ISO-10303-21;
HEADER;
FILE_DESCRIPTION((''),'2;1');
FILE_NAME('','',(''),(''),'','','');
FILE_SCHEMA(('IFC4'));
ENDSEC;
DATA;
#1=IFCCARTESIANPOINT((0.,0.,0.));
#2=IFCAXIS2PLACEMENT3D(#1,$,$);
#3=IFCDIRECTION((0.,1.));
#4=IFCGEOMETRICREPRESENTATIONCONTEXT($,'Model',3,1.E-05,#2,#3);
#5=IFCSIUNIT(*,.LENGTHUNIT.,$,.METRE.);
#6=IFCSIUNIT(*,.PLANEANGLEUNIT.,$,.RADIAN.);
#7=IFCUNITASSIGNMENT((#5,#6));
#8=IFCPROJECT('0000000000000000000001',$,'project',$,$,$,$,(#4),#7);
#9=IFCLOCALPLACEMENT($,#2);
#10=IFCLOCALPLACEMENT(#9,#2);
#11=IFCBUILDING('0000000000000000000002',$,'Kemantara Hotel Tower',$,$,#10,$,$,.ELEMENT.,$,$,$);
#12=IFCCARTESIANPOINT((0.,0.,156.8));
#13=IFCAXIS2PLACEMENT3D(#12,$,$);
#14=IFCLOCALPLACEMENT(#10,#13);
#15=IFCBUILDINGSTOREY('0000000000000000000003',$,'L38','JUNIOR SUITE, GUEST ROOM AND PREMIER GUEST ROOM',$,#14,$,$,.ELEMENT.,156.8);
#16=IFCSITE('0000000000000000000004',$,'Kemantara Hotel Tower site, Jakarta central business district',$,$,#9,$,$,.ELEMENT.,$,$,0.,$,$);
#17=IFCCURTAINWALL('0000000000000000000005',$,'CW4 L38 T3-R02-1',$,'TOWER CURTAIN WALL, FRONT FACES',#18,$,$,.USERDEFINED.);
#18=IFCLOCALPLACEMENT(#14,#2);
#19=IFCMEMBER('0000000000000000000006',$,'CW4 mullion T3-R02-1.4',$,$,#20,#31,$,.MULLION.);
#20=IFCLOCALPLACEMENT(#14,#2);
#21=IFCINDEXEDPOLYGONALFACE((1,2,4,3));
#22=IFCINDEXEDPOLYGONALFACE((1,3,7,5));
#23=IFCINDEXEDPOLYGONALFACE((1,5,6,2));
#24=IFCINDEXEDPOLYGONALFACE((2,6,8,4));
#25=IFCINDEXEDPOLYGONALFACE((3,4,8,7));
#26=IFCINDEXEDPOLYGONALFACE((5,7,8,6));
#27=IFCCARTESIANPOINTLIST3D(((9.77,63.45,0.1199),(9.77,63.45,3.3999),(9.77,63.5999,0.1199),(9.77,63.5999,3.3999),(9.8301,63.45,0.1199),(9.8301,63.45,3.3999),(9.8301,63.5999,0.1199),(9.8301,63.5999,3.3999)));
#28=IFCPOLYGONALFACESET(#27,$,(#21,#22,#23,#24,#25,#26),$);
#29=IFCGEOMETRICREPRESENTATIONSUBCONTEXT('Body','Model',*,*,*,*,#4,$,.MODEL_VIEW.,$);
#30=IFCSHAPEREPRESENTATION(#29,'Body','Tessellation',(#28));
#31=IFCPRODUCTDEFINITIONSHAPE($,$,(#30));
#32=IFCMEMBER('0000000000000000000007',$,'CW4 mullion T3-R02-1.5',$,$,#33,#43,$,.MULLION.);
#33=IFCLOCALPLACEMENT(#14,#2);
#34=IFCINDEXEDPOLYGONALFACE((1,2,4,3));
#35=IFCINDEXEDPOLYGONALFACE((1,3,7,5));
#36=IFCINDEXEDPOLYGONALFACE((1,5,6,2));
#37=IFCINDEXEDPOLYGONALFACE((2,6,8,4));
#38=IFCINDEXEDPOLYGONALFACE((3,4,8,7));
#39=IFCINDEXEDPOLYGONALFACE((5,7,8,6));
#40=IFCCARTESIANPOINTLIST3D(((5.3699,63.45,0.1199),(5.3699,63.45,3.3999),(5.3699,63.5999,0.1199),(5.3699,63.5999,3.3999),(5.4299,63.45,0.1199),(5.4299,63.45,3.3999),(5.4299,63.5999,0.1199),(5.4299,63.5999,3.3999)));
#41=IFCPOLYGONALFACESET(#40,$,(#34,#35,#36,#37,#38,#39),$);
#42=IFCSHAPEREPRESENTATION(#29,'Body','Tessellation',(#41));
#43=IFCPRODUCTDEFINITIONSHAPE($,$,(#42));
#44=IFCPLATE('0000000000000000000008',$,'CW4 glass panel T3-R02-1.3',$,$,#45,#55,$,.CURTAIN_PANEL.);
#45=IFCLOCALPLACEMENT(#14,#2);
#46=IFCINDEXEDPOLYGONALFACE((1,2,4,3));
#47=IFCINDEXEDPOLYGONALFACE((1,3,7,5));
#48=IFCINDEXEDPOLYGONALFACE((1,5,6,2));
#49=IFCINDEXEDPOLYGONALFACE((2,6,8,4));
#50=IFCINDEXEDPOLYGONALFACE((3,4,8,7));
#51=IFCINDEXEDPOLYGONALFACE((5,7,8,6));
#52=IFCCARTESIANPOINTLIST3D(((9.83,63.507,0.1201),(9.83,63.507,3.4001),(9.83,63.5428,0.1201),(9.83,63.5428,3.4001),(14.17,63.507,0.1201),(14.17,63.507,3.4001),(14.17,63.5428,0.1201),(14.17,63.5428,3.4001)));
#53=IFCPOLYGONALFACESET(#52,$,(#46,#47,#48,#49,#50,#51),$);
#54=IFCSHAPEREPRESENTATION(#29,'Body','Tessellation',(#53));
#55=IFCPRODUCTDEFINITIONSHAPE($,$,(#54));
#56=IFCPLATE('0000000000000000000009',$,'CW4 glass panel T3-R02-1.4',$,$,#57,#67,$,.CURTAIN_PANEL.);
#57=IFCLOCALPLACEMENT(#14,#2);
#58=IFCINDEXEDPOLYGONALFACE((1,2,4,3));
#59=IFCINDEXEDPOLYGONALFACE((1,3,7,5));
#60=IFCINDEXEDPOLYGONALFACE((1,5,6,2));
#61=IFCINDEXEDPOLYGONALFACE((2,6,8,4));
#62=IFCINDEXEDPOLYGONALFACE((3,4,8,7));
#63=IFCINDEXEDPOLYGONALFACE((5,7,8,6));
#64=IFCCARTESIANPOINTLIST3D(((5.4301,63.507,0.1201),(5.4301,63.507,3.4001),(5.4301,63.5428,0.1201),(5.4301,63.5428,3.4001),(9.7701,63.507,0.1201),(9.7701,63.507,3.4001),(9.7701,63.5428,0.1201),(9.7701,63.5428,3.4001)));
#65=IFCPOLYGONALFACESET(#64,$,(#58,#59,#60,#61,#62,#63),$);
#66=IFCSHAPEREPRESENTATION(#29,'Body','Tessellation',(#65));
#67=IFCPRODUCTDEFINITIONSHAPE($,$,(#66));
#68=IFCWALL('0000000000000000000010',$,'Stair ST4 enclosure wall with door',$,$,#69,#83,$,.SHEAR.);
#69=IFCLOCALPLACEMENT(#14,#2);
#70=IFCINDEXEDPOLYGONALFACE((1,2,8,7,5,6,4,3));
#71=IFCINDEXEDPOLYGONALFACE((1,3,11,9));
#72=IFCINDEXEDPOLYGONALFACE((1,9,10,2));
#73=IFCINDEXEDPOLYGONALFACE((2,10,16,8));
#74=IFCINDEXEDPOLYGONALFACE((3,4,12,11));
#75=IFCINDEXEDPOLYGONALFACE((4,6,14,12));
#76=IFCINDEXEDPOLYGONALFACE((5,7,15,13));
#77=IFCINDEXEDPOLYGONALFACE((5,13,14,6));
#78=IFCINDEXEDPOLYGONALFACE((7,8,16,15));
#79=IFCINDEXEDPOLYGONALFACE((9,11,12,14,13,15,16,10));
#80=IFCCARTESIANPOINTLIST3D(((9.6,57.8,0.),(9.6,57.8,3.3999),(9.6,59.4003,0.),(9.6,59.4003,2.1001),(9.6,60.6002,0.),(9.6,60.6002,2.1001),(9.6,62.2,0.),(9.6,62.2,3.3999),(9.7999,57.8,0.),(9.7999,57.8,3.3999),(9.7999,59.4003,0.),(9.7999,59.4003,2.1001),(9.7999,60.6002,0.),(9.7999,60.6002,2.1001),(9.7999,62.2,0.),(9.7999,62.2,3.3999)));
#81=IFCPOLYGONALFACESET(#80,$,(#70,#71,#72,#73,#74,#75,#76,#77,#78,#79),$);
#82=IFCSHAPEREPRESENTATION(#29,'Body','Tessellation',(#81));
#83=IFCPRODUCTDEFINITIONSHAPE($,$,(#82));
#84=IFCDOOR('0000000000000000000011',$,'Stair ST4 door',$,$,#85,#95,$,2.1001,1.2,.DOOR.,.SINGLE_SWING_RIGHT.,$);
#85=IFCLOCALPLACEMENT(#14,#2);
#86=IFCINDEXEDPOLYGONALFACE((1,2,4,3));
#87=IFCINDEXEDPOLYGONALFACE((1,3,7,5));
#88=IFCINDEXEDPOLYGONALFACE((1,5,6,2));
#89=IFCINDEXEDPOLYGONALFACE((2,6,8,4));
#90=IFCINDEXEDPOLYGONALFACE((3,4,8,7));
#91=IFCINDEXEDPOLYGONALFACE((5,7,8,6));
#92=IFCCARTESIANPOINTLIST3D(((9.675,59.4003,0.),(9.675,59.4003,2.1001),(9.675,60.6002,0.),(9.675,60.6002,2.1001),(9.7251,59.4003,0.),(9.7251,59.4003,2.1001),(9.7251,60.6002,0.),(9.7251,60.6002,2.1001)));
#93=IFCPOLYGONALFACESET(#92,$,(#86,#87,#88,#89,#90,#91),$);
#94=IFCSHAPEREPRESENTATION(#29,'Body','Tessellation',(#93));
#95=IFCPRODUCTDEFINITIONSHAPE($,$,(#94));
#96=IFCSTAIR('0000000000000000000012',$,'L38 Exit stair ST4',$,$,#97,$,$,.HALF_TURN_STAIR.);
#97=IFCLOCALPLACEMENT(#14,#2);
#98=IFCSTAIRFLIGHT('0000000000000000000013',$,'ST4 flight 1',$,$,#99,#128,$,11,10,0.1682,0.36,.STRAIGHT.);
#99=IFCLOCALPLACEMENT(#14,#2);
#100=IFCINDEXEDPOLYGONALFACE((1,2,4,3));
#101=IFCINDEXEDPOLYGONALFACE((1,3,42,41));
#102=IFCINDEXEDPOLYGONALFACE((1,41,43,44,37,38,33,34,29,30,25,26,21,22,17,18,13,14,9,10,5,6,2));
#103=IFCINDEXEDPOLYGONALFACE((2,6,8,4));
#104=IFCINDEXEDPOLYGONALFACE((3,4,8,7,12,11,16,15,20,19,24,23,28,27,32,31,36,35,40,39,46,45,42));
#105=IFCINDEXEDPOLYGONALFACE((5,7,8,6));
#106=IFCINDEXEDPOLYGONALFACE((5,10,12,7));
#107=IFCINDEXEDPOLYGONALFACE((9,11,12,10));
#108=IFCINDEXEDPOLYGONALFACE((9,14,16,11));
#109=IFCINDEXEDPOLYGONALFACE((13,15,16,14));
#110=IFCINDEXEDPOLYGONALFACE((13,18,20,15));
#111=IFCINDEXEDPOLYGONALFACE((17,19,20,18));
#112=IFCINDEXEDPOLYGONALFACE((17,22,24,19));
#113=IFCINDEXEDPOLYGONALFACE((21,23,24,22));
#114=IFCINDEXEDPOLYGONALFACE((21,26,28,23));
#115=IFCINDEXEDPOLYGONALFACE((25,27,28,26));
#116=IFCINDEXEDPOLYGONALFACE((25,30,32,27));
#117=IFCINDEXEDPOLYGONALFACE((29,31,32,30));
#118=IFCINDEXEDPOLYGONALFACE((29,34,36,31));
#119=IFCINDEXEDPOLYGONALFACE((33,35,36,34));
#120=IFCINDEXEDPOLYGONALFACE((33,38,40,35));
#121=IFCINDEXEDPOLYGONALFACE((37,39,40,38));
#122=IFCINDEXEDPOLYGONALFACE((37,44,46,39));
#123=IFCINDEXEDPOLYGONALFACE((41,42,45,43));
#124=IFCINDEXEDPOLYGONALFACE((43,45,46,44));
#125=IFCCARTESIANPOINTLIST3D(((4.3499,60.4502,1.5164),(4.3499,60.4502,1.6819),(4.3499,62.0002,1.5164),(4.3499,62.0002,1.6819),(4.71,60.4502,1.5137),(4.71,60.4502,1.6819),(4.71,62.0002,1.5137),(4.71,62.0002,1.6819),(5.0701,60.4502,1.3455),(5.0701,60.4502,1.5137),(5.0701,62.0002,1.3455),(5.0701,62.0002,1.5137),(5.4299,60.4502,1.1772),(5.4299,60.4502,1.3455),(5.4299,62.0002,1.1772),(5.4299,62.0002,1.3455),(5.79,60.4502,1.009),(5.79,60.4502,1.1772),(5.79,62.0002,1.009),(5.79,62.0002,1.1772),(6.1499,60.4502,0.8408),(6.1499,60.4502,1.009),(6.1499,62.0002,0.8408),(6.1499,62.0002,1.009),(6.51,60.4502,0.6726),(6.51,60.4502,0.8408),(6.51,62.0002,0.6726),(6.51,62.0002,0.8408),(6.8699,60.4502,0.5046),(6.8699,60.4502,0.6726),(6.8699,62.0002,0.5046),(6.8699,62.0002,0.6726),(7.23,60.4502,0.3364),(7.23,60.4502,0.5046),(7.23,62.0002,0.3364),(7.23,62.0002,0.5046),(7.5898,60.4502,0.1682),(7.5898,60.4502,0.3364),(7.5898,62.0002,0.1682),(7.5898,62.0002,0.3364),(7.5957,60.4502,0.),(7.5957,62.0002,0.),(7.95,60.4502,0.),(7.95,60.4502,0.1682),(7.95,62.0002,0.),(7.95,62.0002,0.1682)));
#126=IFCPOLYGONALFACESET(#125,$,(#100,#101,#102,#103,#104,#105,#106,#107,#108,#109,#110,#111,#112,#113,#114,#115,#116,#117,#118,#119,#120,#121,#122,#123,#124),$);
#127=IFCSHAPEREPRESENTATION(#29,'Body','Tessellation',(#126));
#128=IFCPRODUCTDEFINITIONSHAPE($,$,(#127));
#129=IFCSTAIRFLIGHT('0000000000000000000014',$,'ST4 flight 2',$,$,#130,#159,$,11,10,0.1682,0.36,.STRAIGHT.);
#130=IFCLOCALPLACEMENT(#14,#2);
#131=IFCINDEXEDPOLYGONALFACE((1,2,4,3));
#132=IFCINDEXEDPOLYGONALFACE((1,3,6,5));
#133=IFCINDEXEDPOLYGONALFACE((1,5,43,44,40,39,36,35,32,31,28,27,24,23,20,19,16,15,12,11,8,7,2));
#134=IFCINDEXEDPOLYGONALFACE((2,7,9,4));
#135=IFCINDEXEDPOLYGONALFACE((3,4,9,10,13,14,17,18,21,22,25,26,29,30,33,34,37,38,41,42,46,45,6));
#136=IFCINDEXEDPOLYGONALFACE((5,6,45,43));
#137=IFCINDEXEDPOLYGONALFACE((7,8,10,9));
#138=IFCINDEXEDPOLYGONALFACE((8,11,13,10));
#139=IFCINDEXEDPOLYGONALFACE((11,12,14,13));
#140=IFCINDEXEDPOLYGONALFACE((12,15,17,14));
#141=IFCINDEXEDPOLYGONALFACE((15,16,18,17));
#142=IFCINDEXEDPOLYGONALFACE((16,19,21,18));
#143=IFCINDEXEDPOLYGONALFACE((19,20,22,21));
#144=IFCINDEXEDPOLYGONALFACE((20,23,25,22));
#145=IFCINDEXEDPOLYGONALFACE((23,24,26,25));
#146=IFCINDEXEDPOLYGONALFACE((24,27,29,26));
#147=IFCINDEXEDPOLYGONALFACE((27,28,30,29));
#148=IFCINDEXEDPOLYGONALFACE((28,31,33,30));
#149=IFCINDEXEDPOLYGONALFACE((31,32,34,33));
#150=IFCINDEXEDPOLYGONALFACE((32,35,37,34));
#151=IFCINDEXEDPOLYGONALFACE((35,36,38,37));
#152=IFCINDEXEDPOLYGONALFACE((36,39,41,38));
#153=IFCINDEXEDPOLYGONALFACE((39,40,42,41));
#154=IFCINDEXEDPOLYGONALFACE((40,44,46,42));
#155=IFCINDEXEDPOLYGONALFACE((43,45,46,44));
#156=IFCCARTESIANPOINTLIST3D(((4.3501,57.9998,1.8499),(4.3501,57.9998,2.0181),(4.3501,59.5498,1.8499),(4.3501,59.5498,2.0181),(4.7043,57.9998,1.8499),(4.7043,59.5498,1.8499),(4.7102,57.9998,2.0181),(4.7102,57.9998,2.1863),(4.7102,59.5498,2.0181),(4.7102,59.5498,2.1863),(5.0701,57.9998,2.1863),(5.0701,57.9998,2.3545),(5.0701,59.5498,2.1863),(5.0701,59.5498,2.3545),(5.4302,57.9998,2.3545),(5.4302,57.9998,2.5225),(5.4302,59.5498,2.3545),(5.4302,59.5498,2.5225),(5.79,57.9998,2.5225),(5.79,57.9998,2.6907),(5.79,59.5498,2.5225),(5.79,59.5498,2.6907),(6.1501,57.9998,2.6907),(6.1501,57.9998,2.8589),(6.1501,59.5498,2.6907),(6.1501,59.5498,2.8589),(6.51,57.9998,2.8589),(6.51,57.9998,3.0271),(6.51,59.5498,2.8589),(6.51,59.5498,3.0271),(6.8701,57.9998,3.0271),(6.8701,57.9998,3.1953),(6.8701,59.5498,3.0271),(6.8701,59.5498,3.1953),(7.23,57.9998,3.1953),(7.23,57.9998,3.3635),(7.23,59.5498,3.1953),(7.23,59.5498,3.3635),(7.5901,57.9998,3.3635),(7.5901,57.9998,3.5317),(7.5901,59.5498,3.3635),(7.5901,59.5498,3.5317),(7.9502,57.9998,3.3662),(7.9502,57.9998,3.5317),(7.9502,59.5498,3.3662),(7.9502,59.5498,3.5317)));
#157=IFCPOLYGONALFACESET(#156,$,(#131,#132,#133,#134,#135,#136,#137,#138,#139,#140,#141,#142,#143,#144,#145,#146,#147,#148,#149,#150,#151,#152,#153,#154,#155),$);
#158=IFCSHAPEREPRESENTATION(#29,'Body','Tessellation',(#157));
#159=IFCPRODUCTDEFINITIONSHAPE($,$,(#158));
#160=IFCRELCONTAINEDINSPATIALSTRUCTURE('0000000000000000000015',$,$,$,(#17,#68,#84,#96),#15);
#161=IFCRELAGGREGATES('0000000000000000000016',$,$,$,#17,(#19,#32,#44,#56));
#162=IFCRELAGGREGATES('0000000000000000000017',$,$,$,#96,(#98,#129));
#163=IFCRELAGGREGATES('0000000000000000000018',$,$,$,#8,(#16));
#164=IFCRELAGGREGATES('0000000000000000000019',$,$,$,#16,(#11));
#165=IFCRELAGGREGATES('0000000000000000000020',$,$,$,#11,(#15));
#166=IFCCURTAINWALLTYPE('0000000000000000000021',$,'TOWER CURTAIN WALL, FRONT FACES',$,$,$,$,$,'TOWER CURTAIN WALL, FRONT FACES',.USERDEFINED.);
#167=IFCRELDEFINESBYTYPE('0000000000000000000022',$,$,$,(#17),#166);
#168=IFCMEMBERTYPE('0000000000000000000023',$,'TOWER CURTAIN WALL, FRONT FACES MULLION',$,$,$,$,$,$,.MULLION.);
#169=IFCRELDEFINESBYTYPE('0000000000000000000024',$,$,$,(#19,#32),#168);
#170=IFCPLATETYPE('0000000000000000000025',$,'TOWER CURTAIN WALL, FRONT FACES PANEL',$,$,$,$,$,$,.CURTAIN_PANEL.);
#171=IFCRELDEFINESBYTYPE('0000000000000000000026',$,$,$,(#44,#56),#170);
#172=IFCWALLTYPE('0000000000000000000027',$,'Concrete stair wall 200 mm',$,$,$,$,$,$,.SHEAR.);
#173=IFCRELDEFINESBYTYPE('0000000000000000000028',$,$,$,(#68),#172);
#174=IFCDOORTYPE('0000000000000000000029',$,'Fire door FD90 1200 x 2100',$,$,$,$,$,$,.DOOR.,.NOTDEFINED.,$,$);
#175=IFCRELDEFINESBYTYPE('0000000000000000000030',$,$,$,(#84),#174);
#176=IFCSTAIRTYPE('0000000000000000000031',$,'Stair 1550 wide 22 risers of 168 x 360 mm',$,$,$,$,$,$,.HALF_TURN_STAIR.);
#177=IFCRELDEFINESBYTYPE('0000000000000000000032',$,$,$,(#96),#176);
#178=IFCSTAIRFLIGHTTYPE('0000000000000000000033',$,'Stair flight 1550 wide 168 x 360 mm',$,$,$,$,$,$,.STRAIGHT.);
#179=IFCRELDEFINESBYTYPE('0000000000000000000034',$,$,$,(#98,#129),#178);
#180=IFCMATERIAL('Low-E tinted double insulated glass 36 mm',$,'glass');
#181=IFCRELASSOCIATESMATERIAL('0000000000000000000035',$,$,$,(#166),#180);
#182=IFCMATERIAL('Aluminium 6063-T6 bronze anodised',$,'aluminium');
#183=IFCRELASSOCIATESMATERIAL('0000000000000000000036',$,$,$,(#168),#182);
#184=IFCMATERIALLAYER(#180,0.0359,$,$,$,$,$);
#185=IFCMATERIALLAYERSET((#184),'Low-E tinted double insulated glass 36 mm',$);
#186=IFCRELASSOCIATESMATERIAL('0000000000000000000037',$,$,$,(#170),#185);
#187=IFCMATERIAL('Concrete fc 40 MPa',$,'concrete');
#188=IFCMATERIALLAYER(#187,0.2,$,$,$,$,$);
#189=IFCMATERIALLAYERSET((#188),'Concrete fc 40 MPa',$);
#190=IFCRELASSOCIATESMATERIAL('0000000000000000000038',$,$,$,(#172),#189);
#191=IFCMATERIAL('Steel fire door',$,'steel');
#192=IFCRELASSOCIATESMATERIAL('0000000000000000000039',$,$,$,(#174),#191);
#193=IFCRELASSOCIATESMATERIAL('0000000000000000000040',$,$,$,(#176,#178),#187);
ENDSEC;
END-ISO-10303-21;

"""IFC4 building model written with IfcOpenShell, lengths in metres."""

from ifc_helpers import new_model, si_unit, direction, frame, frame_2d, origin, origin_2d, place, context, subcontext, project, spatial, polyline, rectangle, outline, extrude, source, transform, mapped, material, layer, layer_set, material_profile, profile_set, type_object, element, fill, aggregate, save


model = new_model("IFC4")

# Units and contexts
model_context = context("Model", 3, precision=1e-05, world=origin(), true_north=direction((0.0, 1.0)))
body_context = subcontext(model_context, "Body", "Model", "MODEL_VIEW")
ifc_project = project(units=[si_unit("LENGTHUNIT", "METRE"), si_unit("PLANEANGLEUNIT", "RADIAN")], contexts=[model_context])

# Site, building, storey
site_placement = place(None, origin())
site = spatial("IfcSite", under=ifc_project, at=site_placement, Name="Kemantara Hotel Tower site, Jakarta central business district", CompositionType="ELEMENT", RefElevation=0.0)
building_placement = place(site_placement, origin())
building = spatial("IfcBuilding", under=site, at=building_placement, Name="Kemantara Hotel Tower", CompositionType="ELEMENT")
storey_placement = place(building_placement, frame((0.0, 0.0, 156.8)))
storey = spatial("IfcBuildingStorey", under=building, at=storey_placement, Name="L38", Description="JUNIOR SUITE, GUEST ROOM AND PREMIER GUEST ROOM", CompositionType="ELEMENT", Elevation=156.8)

# Curtain wall, members, plates
ifc_material_1 = material(Name="Low-E tinted double insulated glass 36 mm", Category="glass")
curtain_wall_type = type_object("IfcCurtainWallType", Name="TOWER CURTAIN WALL, FRONT FACES", ElementType="TOWER CURTAIN WALL, FRONT FACES", PredefinedType="USERDEFINED", material=ifc_material_1)
curtain_wall_placement = place(storey_placement, origin())
curtain_wall = element("IfcCurtainWall", 1, at=curtain_wall_placement, inside=storey, type_object=curtain_wall_type, Name="CW4 L38 T3-R02-1", ObjectType="TOWER CURTAIN WALL, FRONT FACES", PredefinedType="USERDEFINED")
ifc_material_2 = material(Name="Aluminium 6063-T6 bronze anodised", Category="aluminium")
ifc_material_profile = material_profile(ifc_material_2, rectangle(XDim=0.1499, YDim=0.0601, at=origin_2d()), Name="TOWER CURTAIN WALL, FRONT FACES MULLION")
ifc_profile_set = profile_set([ifc_material_profile], Name="Aluminium 6063-T6 bronze anodised")
member_type = type_object("IfcMemberType", Name="TOWER CURTAIN WALL, FRONT FACES MULLION", PredefinedType="MULLION", material=ifc_profile_set)
shared_shape_1 = source(origin(), body_context, "Body", "SweptSolid", [
    extrude(rectangle(XDim=0.1499, YDim=0.0601, at=origin_2d()), origin(), (0.0, 0.0, 1.0), 3.28),
])
member_1_placement = place(storey_placement, frame((9.8, 63.5249, 0.1199), z_axis=(0.0, 0.0, 1.0), x_axis=(0.0, -1.0, 0.0)))
member_1 = element("IfcMember", 2, at=member_1_placement, type_object=member_type, Name="CW4 mullion T3-R02-1.4", PredefinedType="MULLION", context=body_context, shape_type="MappedRepresentation", body=[
    mapped(shared_shape_1, transform((0.0, 0.0, 0.0))),
])
member_2_placement = place(storey_placement, frame((5.3999, 63.5249, 0.1199), z_axis=(0.0, 0.0, 1.0), x_axis=(0.0, -1.0, 0.0)))
member_2 = element("IfcMember", 3, at=member_2_placement, type_object=member_type, Name="CW4 mullion T3-R02-1.5", PredefinedType="MULLION", context=body_context, shape_type="MappedRepresentation", body=[
    mapped(shared_shape_1, transform((0.0, 0.0, 0.0))),
])
ifc_layer_1 = layer(ifc_material_1, 0.0359)
ifc_layer_set_1 = layer_set([ifc_layer_1], Name="Low-E tinted double insulated glass 36 mm")
plate_type = type_object("IfcPlateType", Name="TOWER CURTAIN WALL, FRONT FACES PANEL", PredefinedType="CURTAIN_PANEL", material=ifc_layer_set_1)
shared_shape_2 = source(origin(), body_context, "Body", "SweptSolid", [
    extrude(rectangle(XDim=4.3401, YDim=0.0359, at=origin_2d()), origin(), (0.0, 0.0, 1.0), 3.28),
])
plate_1_placement = place(storey_placement, frame((12.0, 63.5249, 0.1201), z_axis=(0.0, 0.0, 1.0), x_axis=(-1.0, 0.0, 0.0)))
plate_1 = element("IfcPlate", 4, at=plate_1_placement, type_object=plate_type, Name="CW4 glass panel T3-R02-1.3", PredefinedType="CURTAIN_PANEL", context=body_context, shape_type="MappedRepresentation", body=[
    mapped(shared_shape_2, transform((0.0, 0.0, 0.0))),
])
plate_2_placement = place(storey_placement, frame((7.6001, 63.5249, 0.1201), z_axis=(0.0, 0.0, 1.0), x_axis=(-1.0, 0.0, 0.0)))
plate_2 = element("IfcPlate", 5, at=plate_2_placement, type_object=plate_type, Name="CW4 glass panel T3-R02-1.4", PredefinedType="CURTAIN_PANEL", context=body_context, shape_type="MappedRepresentation", body=[
    mapped(shared_shape_2, transform((0.0, 0.0, 0.0))),
])
aggregate(curtain_wall, [member_1, member_2, plate_1, plate_2])

# Wall, opening, door
ifc_material_3 = material(Name="Concrete fc 40 MPa", Category="concrete")
ifc_layer_2 = layer(ifc_material_3, 0.2)
ifc_layer_set_2 = layer_set([ifc_layer_2], Name="Concrete fc 40 MPa")
wall_type = type_object("IfcWallType", Name="Concrete stair wall 200 mm", PredefinedType="SHEAR", material=ifc_layer_set_2)
wall_placement = place(storey_placement, frame((9.7, 57.8, 0.0), z_axis=(0.0, 0.0, 1.0), x_axis=(0.0, 1.0, 0.0)))
wall = element("IfcWall", 6, at=wall_placement, inside=storey, type_object=wall_type, Name="Stair ST4 enclosure wall with door", PredefinedType="SHEAR", context=body_context, shape_type="SweptSolid", body=[
    extrude(rectangle(XDim=4.3999, YDim=0.2, at=frame_2d((2.2, 0.0))), origin(), (0.0, 0.0, 1.0), 3.3999),
])
opening_placement = place(wall_placement, frame((1.6001, 0.0, 0.0)))
opening = element("IfcOpeningElement", 7, at=opening_placement, cuts=wall, PredefinedType="OPENING", context=body_context, shape_type="SweptSolid", body=[
    extrude(rectangle(XDim=1.2, YDim=2.1001, at=frame_2d((0.6001, 1.05))), frame((0.0, 0.1099, 0.0), z_axis=(0.0, -1.0, 0.0), x_axis=(1.0, 0.0, 0.0)), (0.0, 0.0, 1.0), 0.22),
])
ifc_material_4 = material(Name="Steel fire door", Category="steel")
door_type = type_object("IfcDoorType", Name="Fire door FD90 1200 x 2100", OperationType="NOTDEFINED", PredefinedType="DOOR", material=ifc_material_4)
door_placement = place(opening_placement, origin())
door = element("IfcDoor", 8, at=door_placement, inside=storey, type_object=door_type, Name="Stair ST4 door", OperationType="SINGLE_SWING_RIGHT", OverallHeight=2.1001, OverallWidth=1.2, PredefinedType="DOOR", context=body_context, shape_type="SweptSolid", body=[
    extrude(rectangle(XDim=1.2, YDim=2.1001, at=frame_2d((0.6001, 1.05))), frame((0.0, 0.0249, 0.0), z_axis=(0.0, -1.0, 0.0), x_axis=(1.0, 0.0, 0.0)), (0.0, 0.0, 1.0), 0.05),
])
fill(opening, door)

# Stair, stair flights
stair_type = type_object("IfcStairType", Name="Stair 1550 wide 22 risers of 168 x 360 mm", PredefinedType="HALF_TURN_STAIR", material=ifc_material_3)
stair_placement = place(storey_placement, origin())
stair = element("IfcStair", 9, at=stair_placement, inside=storey, type_object=stair_type, Name="L38 Exit stair ST4", PredefinedType="HALF_TURN_STAIR")
stair_flight_type = type_object("IfcStairFlightType", Name="Stair flight 1550 wide 168 x 360 mm", PredefinedType="STRAIGHT", material=ifc_material_3)
stair_flight_1_placement = place(storey_placement, frame((7.95, 61.2251, 0.0), z_axis=(0.0, 0.0, 1.0), x_axis=(-1.0, 0.0, 0.0)))
stair_flight_1 = element("IfcStairFlight", 10, at=stair_flight_1_placement, type_object=stair_flight_type, Name="ST4 flight 1", NumberOfRisers=11, NumberOfTreads=10, PredefinedType="STRAIGHT", RiserHeight=0.1682, TreadLength=0.36, context=body_context, shape_type="SweptSolid", body=[
    extrude(outline(polyline([(0.0, 0.0), (0.0, 0.1682), (0.3601, 0.1682), (0.3601, 0.3364), (0.72, 0.3364), (0.72, 0.5046), (1.0801, 0.5046), (1.0801, 0.6726), (1.4399, 0.6726), (1.4399, 0.8408), (1.8, 0.8408), (1.8, 1.009), (2.1599, 1.009), (2.1599, 1.1772), (2.52, 1.1772), (2.52, 1.3455), (2.8799, 1.3455), (2.8799, 1.5137), (3.24, 1.5137), (3.24, 1.6819), (3.6001, 1.6819), (3.6001, 1.8501), (3.6001, 1.5164), (0.3542, 0.0), (0.0, 0.0)])), frame((0.0, 0.7749, 0.0), z_axis=(0.0, -1.0, 0.0), x_axis=(1.0, 0.0, 0.0)), (0.0, 0.0, 1.0), 1.55),
])
stair_flight_2_placement = place(storey_placement, frame((4.3501, 58.7749, 1.8499), z_axis=(0.0, 0.0, 1.0), x_axis=(1.0, 0.0, 0.0)))
stair_flight_2 = element("IfcStairFlight", 11, at=stair_flight_2_placement, type_object=stair_flight_type, Name="ST4 flight 2", NumberOfRisers=11, NumberOfTreads=10, PredefinedType="STRAIGHT", RiserHeight=0.1682, TreadLength=0.36, context=body_context, shape_type="SweptSolid", body=[
    extrude(outline(polyline([(0.0, 0.0), (0.0, 0.1682), (0.3601, 0.1682), (0.3601, 0.3364), (0.72, 0.3364), (0.72, 0.5046), (1.0801, 0.5046), (1.0801, 0.6726), (1.4399, 0.6726), (1.4399, 0.8408), (1.8, 0.8408), (1.8, 1.009), (2.1599, 1.009), (2.1599, 1.1772), (2.52, 1.1772), (2.52, 1.3455), (2.8799, 1.3455), (2.8799, 1.5137), (3.24, 1.5137), (3.24, 1.6819), (3.6001, 1.6819), (3.6001, 1.8501), (3.6001, 1.5164), (0.3542, 0.0), (0.0, 0.0)])), frame((0.0, 0.7749, 0.0), z_axis=(0.0, -1.0, 0.0), x_axis=(1.0, 0.0, 0.0)), (0.0, 0.0, 1.0), 1.55),
])
aggregate(stair, [stair_flight_1, stair_flight_2])

save(model, "model.ifc")
